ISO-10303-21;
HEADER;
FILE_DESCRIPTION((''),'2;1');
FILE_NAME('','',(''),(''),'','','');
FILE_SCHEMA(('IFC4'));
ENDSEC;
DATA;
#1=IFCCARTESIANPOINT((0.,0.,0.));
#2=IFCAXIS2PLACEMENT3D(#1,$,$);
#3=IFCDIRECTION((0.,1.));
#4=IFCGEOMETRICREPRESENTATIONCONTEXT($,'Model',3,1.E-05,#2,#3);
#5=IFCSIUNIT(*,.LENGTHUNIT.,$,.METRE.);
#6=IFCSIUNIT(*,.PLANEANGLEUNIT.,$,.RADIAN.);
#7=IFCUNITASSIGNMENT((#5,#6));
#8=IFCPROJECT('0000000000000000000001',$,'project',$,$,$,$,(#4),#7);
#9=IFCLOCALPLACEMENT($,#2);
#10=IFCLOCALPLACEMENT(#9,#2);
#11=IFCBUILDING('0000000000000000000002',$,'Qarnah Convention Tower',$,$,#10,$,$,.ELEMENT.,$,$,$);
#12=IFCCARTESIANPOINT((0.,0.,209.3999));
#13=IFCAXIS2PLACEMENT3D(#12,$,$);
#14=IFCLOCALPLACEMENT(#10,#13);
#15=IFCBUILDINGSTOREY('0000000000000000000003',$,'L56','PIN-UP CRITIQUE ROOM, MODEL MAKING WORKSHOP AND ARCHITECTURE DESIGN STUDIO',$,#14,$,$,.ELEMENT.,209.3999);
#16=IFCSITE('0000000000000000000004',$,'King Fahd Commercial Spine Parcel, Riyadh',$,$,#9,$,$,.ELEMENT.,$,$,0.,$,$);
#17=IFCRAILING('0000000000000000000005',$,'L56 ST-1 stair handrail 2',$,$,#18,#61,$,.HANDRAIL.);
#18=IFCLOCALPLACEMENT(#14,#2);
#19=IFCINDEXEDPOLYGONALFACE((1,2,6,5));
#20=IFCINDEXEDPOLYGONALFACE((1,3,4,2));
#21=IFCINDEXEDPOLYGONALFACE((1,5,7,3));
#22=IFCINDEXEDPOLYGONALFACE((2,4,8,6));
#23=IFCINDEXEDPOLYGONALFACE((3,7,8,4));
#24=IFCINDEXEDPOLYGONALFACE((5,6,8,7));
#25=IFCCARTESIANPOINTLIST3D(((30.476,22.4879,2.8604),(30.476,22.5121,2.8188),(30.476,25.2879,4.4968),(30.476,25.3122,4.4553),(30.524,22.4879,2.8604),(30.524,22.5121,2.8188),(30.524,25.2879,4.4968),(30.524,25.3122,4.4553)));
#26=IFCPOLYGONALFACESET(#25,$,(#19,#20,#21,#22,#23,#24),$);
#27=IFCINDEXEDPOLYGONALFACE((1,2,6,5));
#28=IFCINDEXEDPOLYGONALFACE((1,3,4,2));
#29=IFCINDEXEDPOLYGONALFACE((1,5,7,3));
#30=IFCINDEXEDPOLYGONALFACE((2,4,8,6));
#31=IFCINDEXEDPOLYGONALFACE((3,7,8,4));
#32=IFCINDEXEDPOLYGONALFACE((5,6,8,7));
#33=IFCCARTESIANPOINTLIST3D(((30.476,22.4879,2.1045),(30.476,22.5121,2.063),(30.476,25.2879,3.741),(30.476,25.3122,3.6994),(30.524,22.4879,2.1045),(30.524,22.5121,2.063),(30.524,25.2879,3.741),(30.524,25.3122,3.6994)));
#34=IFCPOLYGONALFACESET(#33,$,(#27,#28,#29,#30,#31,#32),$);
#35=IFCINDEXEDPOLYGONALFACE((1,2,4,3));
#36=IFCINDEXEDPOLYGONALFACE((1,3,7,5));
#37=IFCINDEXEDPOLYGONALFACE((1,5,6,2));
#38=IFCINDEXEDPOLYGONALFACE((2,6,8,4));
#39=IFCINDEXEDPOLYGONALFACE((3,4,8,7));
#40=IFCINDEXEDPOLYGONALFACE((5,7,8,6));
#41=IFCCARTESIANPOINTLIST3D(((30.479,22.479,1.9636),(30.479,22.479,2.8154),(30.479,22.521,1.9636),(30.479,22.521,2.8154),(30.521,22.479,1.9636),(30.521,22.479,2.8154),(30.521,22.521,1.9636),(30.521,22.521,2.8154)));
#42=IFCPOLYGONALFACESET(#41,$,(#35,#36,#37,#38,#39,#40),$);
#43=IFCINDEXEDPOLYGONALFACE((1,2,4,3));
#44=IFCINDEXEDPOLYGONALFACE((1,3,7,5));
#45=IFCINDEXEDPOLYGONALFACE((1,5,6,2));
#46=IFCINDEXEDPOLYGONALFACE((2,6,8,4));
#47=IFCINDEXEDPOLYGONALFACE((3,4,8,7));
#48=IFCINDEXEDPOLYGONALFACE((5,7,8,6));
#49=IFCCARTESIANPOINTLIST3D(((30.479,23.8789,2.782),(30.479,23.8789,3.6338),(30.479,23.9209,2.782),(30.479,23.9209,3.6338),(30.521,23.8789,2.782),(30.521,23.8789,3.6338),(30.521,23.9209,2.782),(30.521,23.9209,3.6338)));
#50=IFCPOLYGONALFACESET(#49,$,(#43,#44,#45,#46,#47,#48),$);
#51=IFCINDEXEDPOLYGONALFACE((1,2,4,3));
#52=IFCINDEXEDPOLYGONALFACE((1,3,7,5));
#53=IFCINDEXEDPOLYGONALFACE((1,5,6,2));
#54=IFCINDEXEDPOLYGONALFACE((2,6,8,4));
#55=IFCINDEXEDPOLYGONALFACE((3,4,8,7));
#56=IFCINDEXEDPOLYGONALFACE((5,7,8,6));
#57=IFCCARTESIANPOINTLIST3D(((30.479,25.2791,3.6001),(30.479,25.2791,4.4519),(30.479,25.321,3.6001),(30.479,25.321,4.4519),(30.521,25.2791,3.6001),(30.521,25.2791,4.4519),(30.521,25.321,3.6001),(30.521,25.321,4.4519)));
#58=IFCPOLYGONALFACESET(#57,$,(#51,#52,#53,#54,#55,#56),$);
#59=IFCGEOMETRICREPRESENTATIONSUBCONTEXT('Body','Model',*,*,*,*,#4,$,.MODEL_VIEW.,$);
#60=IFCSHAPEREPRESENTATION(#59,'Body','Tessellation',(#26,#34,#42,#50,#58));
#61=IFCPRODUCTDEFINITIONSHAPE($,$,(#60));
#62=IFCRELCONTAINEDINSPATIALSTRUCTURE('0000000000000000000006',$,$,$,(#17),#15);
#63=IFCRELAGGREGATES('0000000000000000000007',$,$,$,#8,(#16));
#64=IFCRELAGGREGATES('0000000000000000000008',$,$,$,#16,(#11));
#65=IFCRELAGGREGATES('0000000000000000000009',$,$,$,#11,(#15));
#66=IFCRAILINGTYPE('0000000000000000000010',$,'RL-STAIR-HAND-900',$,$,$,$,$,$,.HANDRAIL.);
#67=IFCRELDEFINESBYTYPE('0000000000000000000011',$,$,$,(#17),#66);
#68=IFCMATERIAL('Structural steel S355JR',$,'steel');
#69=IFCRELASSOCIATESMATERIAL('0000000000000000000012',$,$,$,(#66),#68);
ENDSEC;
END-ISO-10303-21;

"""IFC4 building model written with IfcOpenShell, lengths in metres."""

from ifc_helpers import new_model, si_unit, direction, frame, origin, origin_2d, place, context, subcontext, project, spatial, rectangle, extrude, material, type_object, element, save


model = new_model("IFC4")

# Units and contexts
model_context = context("Model", 3, precision=1e-05, world=origin(), true_north=direction((0.0, 1.0)))
body_context = subcontext(model_context, "Body", "Model", "MODEL_VIEW")
ifc_project = project(units=[si_unit("LENGTHUNIT", "METRE"), si_unit("PLANEANGLEUNIT", "RADIAN")], contexts=[model_context])

# Site, building, storey
site_placement = place(None, origin())
site = spatial("IfcSite", under=ifc_project, at=site_placement, Name="King Fahd Commercial Spine Parcel, Riyadh", CompositionType="ELEMENT", RefElevation=0.0)
building_placement = place(site_placement, origin())
building = spatial("IfcBuilding", under=site, at=building_placement, Name="Qarnah Convention Tower", CompositionType="ELEMENT")
storey_placement = place(building_placement, frame((0.0, 0.0, 209.3999)))
storey = spatial("IfcBuildingStorey", under=building, at=storey_placement, Name="L56", Description="PIN-UP CRITIQUE ROOM, MODEL MAKING WORKSHOP AND ARCHITECTURE DESIGN STUDIO", CompositionType="ELEMENT", Elevation=209.3999)

# Shared definitions
ifc_material_1 = material(Name="Structural steel S355JR", Category="steel")

# Railing
railing_type_1 = type_object("IfcRailingType", Name="RL-STAIR-HAND-900", PredefinedType="HANDRAIL", material=ifc_material_1)
railing_1_placement = place(storey_placement, frame((30.5, 22.5, 1.9636)))
element("IfcRailing", 1, at=railing_1_placement, inside=storey, type_object=railing_type_1, Name="L56 ST-1 stair handrail 2", PredefinedType="HANDRAIL", context=body_context, shape_type="SweptSolid", body=[
    extrude(rectangle(XDim=0.0481, YDim=0.0481, at=origin_2d()), frame((0.0, 0.0, 0.876), z_axis=(0.0, 0.863361, 0.504587), x_axis=(-1.0, 0.0, 0.0)), (0.0, 0.0, 1.0), 3.2432),
    extrude(rectangle(XDim=0.0481, YDim=0.0481, at=origin_2d()), frame((0.0, 0.0, 0.1201), z_axis=(0.0, 0.863361, 0.504587), x_axis=(-1.0, 0.0, 0.0)), (0.0, 0.0, 1.0), 3.2432),
    extrude(rectangle(XDim=0.042, YDim=0.042, at=origin_2d()), origin(), (0.0, 0.0, 1.0), 0.8518),
    extrude(rectangle(XDim=0.042, YDim=0.042, at=origin_2d()), frame((0.0, 1.3999, 0.8184)), (0.0, 0.0, 1.0), 0.8518),
    extrude(rectangle(XDim=0.042, YDim=0.042, at=origin_2d()), frame((0.0, 2.8, 1.6365)), (0.0, 0.0, 1.0), 0.8518),
])

save(model, "model.ifc")
